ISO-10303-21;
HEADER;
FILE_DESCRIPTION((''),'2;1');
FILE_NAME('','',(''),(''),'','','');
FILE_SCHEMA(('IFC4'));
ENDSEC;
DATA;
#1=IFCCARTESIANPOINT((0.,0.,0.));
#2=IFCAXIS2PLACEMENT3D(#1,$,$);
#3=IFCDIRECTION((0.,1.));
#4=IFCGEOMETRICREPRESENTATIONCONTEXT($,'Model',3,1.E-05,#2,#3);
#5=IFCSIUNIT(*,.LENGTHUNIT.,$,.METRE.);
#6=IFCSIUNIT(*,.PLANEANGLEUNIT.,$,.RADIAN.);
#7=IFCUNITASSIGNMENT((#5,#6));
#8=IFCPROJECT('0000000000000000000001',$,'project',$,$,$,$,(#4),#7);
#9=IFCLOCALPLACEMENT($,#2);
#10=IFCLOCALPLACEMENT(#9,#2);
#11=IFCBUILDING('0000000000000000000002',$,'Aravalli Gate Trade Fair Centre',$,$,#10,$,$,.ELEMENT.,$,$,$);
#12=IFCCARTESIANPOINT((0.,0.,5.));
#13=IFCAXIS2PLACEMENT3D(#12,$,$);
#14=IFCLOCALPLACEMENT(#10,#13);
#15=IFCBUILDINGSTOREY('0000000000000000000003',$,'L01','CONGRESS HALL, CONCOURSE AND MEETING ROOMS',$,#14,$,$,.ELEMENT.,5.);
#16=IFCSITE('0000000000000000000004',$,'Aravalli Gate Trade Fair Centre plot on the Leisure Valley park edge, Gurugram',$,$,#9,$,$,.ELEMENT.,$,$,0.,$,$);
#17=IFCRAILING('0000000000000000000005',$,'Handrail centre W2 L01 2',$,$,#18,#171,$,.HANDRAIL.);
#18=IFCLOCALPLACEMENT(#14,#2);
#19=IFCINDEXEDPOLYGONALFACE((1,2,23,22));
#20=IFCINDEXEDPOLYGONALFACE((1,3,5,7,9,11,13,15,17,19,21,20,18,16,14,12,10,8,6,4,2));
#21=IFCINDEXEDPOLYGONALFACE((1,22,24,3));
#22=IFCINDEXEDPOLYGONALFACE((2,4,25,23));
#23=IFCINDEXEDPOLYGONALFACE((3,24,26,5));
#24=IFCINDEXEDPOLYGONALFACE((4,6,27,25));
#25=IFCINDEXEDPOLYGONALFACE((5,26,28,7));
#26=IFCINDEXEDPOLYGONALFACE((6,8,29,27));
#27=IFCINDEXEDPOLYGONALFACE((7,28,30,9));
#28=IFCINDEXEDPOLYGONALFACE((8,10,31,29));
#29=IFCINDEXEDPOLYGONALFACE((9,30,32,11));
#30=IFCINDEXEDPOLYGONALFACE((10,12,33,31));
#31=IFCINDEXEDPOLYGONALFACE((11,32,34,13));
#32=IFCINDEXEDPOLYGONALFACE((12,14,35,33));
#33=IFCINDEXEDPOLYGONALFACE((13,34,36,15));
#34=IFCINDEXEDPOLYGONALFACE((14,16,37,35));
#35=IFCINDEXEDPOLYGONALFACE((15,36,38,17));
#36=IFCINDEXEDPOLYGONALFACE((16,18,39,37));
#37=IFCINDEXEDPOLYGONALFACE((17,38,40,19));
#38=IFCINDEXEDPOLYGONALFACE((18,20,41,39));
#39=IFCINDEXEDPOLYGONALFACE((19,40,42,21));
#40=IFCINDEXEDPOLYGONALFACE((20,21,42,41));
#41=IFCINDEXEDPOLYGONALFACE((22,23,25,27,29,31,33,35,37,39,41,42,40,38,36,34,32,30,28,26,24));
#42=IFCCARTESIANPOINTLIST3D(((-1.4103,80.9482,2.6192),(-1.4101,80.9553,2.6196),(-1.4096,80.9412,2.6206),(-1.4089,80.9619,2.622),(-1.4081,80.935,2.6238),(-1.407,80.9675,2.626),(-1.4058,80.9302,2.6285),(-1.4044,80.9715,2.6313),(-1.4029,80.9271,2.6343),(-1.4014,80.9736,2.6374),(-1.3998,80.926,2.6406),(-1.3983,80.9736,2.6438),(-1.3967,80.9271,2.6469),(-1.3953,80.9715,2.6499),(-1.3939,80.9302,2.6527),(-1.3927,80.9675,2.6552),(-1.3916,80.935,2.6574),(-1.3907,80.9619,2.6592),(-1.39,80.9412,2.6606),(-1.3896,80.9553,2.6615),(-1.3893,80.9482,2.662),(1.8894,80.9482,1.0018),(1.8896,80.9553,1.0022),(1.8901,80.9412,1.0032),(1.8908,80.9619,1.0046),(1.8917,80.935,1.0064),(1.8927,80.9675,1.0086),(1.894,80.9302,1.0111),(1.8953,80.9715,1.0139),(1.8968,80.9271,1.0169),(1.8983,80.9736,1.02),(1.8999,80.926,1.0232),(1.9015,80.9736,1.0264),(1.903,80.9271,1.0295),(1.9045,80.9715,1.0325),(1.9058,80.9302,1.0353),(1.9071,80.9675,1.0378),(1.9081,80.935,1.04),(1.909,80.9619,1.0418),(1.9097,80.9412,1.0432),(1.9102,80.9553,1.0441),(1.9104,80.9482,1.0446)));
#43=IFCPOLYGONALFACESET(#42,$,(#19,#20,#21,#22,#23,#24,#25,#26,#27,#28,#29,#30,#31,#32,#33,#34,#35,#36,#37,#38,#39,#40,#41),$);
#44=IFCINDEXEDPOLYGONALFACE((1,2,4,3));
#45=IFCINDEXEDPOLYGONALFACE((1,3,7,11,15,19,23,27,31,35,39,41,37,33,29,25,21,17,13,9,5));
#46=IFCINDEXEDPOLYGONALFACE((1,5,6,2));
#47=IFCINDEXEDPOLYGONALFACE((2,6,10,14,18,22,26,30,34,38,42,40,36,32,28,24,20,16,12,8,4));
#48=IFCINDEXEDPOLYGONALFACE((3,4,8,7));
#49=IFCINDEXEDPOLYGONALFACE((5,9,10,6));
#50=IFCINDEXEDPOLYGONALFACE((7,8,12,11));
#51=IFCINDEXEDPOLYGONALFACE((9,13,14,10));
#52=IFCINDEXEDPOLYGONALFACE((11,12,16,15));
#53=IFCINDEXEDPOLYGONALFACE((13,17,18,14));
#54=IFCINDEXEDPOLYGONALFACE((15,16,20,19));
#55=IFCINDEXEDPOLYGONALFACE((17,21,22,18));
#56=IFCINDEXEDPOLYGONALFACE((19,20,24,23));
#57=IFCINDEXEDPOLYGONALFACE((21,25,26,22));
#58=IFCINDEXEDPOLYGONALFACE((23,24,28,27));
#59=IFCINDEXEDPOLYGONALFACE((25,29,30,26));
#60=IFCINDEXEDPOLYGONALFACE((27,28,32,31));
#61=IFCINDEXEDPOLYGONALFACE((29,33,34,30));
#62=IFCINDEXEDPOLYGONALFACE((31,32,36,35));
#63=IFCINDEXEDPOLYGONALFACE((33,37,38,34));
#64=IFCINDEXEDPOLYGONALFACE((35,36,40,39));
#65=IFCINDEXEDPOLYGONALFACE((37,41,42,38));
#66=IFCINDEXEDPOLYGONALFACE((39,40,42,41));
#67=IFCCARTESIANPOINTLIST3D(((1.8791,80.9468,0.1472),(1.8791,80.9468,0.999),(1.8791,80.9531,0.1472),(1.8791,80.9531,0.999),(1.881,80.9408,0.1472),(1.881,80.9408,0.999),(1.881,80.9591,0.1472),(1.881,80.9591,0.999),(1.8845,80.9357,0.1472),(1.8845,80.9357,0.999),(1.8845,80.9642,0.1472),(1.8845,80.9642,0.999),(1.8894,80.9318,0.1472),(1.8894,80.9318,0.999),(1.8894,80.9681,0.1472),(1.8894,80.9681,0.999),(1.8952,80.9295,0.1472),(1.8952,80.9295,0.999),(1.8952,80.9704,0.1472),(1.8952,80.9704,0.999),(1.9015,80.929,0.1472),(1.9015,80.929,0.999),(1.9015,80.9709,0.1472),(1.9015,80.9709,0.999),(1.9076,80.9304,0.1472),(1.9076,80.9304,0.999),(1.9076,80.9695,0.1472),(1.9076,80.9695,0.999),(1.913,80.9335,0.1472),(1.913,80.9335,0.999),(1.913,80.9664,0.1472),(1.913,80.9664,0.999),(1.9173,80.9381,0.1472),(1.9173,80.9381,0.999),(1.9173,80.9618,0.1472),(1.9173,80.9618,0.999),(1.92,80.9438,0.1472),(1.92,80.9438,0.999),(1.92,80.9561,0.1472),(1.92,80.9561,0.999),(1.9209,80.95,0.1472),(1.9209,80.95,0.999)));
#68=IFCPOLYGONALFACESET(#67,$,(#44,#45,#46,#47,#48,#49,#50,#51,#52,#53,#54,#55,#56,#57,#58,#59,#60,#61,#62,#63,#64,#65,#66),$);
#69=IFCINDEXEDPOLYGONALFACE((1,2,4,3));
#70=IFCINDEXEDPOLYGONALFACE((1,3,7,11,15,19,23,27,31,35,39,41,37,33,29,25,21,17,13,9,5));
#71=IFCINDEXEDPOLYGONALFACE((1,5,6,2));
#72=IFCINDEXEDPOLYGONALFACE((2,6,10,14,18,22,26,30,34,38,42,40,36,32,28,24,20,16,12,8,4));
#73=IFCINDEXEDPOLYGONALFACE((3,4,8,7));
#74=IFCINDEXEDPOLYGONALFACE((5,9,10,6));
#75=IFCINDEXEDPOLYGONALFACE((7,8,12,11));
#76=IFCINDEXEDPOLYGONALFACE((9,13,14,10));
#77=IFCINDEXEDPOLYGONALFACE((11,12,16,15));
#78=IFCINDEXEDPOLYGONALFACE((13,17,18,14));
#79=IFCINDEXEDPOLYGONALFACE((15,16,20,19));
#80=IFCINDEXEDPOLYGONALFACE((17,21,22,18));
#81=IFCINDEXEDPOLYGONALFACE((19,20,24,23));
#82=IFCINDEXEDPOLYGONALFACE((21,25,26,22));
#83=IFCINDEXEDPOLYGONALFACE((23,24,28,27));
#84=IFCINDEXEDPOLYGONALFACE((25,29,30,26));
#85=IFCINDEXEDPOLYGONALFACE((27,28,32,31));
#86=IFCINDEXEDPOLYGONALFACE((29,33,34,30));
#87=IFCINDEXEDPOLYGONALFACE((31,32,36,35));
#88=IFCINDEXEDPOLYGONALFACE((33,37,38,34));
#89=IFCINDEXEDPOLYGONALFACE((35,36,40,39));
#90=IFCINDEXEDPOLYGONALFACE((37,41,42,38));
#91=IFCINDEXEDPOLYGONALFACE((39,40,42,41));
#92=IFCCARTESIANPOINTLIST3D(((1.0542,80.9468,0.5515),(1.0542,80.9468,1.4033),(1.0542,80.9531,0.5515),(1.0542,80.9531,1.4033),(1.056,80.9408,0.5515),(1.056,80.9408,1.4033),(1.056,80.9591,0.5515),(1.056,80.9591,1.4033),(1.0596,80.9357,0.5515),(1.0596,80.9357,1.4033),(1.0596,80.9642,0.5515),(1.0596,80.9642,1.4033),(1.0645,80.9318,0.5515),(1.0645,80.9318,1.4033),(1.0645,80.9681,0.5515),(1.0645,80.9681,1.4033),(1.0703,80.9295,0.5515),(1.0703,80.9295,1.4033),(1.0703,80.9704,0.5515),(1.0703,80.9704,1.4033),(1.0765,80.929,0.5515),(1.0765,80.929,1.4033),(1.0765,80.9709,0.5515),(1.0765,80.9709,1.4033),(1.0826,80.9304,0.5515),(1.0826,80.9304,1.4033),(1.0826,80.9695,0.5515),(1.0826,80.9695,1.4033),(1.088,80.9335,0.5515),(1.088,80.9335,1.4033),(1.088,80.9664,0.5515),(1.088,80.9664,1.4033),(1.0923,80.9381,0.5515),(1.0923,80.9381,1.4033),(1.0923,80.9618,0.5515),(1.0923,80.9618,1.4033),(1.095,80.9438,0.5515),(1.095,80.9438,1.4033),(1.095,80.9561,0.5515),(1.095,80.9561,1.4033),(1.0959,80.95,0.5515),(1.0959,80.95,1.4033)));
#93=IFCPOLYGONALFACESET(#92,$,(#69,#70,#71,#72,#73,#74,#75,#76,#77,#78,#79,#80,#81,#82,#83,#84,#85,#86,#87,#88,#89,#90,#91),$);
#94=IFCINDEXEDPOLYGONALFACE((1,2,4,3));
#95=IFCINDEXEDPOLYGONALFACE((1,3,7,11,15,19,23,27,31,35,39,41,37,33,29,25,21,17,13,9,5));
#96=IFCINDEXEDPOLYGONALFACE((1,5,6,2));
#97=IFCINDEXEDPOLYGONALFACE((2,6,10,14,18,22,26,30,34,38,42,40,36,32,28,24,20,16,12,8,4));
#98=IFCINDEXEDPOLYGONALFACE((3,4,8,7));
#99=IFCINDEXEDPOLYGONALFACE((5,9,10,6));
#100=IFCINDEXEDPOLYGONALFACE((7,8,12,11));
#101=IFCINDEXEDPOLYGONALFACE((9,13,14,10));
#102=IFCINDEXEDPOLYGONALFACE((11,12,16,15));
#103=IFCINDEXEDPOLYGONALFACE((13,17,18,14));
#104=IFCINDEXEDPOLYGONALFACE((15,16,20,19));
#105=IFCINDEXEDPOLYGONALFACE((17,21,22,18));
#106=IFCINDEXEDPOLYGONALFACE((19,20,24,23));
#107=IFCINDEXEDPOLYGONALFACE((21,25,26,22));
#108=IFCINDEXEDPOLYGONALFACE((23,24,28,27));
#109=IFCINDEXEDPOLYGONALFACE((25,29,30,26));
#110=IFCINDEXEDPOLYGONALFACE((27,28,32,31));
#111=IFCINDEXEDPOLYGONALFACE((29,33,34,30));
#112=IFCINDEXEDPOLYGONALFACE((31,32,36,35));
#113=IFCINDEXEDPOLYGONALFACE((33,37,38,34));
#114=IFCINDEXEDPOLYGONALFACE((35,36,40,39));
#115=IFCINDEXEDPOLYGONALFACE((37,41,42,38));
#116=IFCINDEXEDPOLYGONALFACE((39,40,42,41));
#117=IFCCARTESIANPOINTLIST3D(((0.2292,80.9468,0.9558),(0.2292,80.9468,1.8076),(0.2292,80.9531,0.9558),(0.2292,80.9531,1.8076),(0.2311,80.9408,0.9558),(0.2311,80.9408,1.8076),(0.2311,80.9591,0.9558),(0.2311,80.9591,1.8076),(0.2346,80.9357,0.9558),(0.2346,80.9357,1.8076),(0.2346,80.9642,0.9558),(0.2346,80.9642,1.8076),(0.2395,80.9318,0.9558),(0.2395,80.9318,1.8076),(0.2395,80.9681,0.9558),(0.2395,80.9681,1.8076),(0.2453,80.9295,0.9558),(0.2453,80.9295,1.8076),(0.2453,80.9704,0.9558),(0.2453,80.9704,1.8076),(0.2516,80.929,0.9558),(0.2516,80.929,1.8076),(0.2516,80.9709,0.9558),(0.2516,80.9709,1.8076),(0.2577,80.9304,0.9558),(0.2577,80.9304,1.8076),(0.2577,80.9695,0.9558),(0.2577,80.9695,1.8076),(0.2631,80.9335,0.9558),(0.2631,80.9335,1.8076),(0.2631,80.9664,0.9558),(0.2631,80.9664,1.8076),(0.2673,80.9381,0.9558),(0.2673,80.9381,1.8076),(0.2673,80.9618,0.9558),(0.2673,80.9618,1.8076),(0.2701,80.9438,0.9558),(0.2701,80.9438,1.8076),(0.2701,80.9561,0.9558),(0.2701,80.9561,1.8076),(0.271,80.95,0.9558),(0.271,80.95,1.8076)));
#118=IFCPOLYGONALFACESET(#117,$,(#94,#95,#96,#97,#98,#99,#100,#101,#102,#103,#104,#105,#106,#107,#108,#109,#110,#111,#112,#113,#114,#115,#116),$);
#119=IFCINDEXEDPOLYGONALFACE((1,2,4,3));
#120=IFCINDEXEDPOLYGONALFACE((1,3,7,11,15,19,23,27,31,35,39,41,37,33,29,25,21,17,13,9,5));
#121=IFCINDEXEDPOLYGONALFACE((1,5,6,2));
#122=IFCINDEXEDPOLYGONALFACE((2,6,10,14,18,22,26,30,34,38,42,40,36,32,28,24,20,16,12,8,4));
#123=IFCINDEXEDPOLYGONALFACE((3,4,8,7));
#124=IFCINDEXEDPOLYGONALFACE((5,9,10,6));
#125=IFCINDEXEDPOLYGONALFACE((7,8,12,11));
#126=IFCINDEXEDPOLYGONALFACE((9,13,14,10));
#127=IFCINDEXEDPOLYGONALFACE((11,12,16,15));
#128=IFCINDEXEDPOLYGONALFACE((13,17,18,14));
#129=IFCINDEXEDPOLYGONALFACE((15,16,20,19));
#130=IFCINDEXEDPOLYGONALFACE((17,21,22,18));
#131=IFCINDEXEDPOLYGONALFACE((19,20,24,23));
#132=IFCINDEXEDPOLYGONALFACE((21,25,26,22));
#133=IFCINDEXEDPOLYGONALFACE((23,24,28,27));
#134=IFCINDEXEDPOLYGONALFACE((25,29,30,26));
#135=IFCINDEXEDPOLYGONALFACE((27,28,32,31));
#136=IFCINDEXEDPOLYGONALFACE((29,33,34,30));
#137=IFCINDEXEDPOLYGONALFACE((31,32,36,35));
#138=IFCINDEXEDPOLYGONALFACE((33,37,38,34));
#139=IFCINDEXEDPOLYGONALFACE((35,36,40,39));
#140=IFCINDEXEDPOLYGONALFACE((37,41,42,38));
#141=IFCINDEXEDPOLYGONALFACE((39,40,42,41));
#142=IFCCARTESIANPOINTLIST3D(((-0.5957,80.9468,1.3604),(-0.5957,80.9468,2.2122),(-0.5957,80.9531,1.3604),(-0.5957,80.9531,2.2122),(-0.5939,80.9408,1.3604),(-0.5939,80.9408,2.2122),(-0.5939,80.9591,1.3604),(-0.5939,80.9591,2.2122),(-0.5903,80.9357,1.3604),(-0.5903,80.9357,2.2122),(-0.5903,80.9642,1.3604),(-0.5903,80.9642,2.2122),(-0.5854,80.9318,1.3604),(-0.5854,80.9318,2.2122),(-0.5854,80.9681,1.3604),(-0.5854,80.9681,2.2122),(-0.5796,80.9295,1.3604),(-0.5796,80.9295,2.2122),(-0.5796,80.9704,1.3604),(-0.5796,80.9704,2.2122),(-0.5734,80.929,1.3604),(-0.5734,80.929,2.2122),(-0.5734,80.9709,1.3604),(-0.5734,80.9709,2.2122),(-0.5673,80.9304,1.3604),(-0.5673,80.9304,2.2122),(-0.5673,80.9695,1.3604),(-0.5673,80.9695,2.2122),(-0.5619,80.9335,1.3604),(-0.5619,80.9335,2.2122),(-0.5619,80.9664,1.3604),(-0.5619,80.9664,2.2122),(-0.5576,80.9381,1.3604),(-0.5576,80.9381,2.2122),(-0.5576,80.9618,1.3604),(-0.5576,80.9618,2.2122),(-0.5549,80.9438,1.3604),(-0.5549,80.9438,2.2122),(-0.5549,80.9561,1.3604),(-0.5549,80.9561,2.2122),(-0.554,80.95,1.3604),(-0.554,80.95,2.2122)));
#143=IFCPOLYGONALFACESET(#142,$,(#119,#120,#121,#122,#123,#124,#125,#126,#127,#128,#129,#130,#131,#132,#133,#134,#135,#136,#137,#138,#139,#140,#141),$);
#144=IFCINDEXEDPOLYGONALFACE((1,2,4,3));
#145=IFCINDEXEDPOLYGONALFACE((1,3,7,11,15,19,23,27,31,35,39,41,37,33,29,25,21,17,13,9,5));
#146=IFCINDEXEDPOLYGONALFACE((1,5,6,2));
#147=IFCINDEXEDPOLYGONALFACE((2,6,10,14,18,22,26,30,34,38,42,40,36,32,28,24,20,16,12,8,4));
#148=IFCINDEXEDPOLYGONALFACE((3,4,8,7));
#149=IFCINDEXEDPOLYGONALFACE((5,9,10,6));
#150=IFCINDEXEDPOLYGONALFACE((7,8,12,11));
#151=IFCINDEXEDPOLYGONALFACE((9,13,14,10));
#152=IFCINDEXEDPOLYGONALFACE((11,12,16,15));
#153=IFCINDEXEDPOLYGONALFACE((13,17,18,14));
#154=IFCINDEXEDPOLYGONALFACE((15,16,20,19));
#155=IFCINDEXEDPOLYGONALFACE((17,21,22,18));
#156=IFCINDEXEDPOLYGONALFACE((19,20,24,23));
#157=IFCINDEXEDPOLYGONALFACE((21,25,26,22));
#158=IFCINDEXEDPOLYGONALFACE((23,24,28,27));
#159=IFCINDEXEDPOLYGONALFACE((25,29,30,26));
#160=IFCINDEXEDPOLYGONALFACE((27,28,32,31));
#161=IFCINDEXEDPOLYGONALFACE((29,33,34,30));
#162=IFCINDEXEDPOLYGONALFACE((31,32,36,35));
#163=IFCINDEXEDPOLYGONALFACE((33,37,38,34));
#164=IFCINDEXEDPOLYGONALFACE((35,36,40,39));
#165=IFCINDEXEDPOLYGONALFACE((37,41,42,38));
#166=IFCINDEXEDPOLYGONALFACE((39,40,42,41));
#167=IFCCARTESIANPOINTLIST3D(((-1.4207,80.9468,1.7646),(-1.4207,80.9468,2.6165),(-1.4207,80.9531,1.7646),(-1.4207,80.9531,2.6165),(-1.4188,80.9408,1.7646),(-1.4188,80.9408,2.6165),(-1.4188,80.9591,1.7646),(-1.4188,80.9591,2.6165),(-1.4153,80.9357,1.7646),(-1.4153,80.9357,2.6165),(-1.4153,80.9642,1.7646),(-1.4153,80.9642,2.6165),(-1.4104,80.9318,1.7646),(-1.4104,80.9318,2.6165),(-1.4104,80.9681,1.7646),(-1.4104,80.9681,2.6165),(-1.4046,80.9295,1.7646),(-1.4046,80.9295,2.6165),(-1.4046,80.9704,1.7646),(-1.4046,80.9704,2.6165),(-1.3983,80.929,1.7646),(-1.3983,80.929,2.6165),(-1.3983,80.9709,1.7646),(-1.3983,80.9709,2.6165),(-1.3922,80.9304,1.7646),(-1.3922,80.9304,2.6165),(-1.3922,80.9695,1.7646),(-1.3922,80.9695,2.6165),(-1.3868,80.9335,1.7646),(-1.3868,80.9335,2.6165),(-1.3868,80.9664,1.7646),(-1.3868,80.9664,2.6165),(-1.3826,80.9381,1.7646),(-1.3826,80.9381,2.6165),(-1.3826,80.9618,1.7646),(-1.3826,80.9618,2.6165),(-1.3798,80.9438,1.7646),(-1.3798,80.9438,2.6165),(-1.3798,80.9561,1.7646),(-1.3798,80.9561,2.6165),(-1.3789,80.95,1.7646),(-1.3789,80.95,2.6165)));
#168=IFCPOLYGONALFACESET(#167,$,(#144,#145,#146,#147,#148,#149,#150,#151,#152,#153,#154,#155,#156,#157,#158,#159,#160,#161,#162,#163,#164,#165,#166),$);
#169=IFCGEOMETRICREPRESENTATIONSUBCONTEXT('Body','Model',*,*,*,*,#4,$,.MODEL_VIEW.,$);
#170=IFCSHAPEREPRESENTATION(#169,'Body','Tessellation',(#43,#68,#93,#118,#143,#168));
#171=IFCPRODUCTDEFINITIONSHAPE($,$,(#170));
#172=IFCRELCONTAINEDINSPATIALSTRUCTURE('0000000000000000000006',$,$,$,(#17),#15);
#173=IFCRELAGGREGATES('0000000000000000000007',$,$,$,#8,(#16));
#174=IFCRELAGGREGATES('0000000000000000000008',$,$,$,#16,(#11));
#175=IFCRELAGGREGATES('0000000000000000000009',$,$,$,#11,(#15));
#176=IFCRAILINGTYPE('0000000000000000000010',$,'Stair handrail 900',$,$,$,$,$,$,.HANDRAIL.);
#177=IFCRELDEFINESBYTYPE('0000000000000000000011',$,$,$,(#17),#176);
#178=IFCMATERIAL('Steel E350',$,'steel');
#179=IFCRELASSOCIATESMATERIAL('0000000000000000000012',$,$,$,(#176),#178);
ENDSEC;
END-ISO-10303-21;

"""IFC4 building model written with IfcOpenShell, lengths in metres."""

from ifc_helpers import new_model, si_unit, direction, frame, origin, origin_2d, place, context, subcontext, project, spatial, circle, extrude, material, type_object, element, save


model = new_model("IFC4")

# Units and contexts
model_context = context("Model", 3, precision=1e-05, world=origin(), true_north=direction((0.0, 1.0)))
body_context = subcontext(model_context, "Body", "Model", "MODEL_VIEW")
ifc_project = project(units=[si_unit("LENGTHUNIT", "METRE"), si_unit("PLANEANGLEUNIT", "RADIAN")], contexts=[model_context])

# Site, building, storey
site_placement = place(None, origin())
site = spatial("IfcSite", under=ifc_project, at=site_placement, Name="Aravalli Gate Trade Fair Centre plot on the Leisure Valley park edge, Gurugram", CompositionType="ELEMENT", RefElevation=0.0)
building_placement = place(site_placement, origin())
building = spatial("IfcBuilding", under=site, at=building_placement, Name="Aravalli Gate Trade Fair Centre", CompositionType="ELEMENT")
storey_placement = place(building_placement, frame((0.0, 0.0, 5.0)))
storey = spatial("IfcBuildingStorey", under=building, at=storey_placement, Name="L01", Description="CONGRESS HALL, CONCOURSE AND MEETING ROOMS", CompositionType="ELEMENT", Elevation=5.0)

# Railing
ifc_material_1 = material(Name="Steel E350", Category="steel")
railing_type = type_object("IfcRailingType", Name="Stair handrail 900", PredefinedType="HANDRAIL", material=ifc_material_1)
railing_1_placement = place(storey_placement, frame((1.8999, 80.95, 0.1472)))
element("IfcRailing", 1, at=railing_1_placement, inside=storey, type_object=railing_type, Name="Handrail centre W2 L01 2", PredefinedType="HANDRAIL", context=body_context, shape_type="SweptSolid", body=[
    extrude(circle(Radius=0.0239, at=origin_2d()), frame((0.0, 0.0, 0.876), z_axis=(-0.897934, 0.0, 0.440131), x_axis=(0.0, -1.0, 0.0)), (0.0, 0.0, 1.0), 3.6748),
    extrude(circle(Radius=0.021, at=origin_2d()), origin(), (0.0, 0.0, 1.0), 0.8518),
    extrude(circle(Radius=0.021, at=origin_2d()), frame((-0.825, 0.0, 0.4043)), (0.0, 0.0, 1.0), 0.8518),
    extrude(circle(Radius=0.021, at=origin_2d()), frame((-1.6499, 0.0, 0.8086)), (0.0, 0.0, 1.0), 0.8518),
    extrude(circle(Radius=0.021, at=origin_2d()), frame((-2.4749, 0.0, 1.2131)), (0.0, 0.0, 1.0), 0.8518),
    extrude(circle(Radius=0.021, at=origin_2d()), frame((-3.2998, 0.0, 1.6174)), (0.0, 0.0, 1.0), 0.8518),
])

save(model, "model.ifc")
